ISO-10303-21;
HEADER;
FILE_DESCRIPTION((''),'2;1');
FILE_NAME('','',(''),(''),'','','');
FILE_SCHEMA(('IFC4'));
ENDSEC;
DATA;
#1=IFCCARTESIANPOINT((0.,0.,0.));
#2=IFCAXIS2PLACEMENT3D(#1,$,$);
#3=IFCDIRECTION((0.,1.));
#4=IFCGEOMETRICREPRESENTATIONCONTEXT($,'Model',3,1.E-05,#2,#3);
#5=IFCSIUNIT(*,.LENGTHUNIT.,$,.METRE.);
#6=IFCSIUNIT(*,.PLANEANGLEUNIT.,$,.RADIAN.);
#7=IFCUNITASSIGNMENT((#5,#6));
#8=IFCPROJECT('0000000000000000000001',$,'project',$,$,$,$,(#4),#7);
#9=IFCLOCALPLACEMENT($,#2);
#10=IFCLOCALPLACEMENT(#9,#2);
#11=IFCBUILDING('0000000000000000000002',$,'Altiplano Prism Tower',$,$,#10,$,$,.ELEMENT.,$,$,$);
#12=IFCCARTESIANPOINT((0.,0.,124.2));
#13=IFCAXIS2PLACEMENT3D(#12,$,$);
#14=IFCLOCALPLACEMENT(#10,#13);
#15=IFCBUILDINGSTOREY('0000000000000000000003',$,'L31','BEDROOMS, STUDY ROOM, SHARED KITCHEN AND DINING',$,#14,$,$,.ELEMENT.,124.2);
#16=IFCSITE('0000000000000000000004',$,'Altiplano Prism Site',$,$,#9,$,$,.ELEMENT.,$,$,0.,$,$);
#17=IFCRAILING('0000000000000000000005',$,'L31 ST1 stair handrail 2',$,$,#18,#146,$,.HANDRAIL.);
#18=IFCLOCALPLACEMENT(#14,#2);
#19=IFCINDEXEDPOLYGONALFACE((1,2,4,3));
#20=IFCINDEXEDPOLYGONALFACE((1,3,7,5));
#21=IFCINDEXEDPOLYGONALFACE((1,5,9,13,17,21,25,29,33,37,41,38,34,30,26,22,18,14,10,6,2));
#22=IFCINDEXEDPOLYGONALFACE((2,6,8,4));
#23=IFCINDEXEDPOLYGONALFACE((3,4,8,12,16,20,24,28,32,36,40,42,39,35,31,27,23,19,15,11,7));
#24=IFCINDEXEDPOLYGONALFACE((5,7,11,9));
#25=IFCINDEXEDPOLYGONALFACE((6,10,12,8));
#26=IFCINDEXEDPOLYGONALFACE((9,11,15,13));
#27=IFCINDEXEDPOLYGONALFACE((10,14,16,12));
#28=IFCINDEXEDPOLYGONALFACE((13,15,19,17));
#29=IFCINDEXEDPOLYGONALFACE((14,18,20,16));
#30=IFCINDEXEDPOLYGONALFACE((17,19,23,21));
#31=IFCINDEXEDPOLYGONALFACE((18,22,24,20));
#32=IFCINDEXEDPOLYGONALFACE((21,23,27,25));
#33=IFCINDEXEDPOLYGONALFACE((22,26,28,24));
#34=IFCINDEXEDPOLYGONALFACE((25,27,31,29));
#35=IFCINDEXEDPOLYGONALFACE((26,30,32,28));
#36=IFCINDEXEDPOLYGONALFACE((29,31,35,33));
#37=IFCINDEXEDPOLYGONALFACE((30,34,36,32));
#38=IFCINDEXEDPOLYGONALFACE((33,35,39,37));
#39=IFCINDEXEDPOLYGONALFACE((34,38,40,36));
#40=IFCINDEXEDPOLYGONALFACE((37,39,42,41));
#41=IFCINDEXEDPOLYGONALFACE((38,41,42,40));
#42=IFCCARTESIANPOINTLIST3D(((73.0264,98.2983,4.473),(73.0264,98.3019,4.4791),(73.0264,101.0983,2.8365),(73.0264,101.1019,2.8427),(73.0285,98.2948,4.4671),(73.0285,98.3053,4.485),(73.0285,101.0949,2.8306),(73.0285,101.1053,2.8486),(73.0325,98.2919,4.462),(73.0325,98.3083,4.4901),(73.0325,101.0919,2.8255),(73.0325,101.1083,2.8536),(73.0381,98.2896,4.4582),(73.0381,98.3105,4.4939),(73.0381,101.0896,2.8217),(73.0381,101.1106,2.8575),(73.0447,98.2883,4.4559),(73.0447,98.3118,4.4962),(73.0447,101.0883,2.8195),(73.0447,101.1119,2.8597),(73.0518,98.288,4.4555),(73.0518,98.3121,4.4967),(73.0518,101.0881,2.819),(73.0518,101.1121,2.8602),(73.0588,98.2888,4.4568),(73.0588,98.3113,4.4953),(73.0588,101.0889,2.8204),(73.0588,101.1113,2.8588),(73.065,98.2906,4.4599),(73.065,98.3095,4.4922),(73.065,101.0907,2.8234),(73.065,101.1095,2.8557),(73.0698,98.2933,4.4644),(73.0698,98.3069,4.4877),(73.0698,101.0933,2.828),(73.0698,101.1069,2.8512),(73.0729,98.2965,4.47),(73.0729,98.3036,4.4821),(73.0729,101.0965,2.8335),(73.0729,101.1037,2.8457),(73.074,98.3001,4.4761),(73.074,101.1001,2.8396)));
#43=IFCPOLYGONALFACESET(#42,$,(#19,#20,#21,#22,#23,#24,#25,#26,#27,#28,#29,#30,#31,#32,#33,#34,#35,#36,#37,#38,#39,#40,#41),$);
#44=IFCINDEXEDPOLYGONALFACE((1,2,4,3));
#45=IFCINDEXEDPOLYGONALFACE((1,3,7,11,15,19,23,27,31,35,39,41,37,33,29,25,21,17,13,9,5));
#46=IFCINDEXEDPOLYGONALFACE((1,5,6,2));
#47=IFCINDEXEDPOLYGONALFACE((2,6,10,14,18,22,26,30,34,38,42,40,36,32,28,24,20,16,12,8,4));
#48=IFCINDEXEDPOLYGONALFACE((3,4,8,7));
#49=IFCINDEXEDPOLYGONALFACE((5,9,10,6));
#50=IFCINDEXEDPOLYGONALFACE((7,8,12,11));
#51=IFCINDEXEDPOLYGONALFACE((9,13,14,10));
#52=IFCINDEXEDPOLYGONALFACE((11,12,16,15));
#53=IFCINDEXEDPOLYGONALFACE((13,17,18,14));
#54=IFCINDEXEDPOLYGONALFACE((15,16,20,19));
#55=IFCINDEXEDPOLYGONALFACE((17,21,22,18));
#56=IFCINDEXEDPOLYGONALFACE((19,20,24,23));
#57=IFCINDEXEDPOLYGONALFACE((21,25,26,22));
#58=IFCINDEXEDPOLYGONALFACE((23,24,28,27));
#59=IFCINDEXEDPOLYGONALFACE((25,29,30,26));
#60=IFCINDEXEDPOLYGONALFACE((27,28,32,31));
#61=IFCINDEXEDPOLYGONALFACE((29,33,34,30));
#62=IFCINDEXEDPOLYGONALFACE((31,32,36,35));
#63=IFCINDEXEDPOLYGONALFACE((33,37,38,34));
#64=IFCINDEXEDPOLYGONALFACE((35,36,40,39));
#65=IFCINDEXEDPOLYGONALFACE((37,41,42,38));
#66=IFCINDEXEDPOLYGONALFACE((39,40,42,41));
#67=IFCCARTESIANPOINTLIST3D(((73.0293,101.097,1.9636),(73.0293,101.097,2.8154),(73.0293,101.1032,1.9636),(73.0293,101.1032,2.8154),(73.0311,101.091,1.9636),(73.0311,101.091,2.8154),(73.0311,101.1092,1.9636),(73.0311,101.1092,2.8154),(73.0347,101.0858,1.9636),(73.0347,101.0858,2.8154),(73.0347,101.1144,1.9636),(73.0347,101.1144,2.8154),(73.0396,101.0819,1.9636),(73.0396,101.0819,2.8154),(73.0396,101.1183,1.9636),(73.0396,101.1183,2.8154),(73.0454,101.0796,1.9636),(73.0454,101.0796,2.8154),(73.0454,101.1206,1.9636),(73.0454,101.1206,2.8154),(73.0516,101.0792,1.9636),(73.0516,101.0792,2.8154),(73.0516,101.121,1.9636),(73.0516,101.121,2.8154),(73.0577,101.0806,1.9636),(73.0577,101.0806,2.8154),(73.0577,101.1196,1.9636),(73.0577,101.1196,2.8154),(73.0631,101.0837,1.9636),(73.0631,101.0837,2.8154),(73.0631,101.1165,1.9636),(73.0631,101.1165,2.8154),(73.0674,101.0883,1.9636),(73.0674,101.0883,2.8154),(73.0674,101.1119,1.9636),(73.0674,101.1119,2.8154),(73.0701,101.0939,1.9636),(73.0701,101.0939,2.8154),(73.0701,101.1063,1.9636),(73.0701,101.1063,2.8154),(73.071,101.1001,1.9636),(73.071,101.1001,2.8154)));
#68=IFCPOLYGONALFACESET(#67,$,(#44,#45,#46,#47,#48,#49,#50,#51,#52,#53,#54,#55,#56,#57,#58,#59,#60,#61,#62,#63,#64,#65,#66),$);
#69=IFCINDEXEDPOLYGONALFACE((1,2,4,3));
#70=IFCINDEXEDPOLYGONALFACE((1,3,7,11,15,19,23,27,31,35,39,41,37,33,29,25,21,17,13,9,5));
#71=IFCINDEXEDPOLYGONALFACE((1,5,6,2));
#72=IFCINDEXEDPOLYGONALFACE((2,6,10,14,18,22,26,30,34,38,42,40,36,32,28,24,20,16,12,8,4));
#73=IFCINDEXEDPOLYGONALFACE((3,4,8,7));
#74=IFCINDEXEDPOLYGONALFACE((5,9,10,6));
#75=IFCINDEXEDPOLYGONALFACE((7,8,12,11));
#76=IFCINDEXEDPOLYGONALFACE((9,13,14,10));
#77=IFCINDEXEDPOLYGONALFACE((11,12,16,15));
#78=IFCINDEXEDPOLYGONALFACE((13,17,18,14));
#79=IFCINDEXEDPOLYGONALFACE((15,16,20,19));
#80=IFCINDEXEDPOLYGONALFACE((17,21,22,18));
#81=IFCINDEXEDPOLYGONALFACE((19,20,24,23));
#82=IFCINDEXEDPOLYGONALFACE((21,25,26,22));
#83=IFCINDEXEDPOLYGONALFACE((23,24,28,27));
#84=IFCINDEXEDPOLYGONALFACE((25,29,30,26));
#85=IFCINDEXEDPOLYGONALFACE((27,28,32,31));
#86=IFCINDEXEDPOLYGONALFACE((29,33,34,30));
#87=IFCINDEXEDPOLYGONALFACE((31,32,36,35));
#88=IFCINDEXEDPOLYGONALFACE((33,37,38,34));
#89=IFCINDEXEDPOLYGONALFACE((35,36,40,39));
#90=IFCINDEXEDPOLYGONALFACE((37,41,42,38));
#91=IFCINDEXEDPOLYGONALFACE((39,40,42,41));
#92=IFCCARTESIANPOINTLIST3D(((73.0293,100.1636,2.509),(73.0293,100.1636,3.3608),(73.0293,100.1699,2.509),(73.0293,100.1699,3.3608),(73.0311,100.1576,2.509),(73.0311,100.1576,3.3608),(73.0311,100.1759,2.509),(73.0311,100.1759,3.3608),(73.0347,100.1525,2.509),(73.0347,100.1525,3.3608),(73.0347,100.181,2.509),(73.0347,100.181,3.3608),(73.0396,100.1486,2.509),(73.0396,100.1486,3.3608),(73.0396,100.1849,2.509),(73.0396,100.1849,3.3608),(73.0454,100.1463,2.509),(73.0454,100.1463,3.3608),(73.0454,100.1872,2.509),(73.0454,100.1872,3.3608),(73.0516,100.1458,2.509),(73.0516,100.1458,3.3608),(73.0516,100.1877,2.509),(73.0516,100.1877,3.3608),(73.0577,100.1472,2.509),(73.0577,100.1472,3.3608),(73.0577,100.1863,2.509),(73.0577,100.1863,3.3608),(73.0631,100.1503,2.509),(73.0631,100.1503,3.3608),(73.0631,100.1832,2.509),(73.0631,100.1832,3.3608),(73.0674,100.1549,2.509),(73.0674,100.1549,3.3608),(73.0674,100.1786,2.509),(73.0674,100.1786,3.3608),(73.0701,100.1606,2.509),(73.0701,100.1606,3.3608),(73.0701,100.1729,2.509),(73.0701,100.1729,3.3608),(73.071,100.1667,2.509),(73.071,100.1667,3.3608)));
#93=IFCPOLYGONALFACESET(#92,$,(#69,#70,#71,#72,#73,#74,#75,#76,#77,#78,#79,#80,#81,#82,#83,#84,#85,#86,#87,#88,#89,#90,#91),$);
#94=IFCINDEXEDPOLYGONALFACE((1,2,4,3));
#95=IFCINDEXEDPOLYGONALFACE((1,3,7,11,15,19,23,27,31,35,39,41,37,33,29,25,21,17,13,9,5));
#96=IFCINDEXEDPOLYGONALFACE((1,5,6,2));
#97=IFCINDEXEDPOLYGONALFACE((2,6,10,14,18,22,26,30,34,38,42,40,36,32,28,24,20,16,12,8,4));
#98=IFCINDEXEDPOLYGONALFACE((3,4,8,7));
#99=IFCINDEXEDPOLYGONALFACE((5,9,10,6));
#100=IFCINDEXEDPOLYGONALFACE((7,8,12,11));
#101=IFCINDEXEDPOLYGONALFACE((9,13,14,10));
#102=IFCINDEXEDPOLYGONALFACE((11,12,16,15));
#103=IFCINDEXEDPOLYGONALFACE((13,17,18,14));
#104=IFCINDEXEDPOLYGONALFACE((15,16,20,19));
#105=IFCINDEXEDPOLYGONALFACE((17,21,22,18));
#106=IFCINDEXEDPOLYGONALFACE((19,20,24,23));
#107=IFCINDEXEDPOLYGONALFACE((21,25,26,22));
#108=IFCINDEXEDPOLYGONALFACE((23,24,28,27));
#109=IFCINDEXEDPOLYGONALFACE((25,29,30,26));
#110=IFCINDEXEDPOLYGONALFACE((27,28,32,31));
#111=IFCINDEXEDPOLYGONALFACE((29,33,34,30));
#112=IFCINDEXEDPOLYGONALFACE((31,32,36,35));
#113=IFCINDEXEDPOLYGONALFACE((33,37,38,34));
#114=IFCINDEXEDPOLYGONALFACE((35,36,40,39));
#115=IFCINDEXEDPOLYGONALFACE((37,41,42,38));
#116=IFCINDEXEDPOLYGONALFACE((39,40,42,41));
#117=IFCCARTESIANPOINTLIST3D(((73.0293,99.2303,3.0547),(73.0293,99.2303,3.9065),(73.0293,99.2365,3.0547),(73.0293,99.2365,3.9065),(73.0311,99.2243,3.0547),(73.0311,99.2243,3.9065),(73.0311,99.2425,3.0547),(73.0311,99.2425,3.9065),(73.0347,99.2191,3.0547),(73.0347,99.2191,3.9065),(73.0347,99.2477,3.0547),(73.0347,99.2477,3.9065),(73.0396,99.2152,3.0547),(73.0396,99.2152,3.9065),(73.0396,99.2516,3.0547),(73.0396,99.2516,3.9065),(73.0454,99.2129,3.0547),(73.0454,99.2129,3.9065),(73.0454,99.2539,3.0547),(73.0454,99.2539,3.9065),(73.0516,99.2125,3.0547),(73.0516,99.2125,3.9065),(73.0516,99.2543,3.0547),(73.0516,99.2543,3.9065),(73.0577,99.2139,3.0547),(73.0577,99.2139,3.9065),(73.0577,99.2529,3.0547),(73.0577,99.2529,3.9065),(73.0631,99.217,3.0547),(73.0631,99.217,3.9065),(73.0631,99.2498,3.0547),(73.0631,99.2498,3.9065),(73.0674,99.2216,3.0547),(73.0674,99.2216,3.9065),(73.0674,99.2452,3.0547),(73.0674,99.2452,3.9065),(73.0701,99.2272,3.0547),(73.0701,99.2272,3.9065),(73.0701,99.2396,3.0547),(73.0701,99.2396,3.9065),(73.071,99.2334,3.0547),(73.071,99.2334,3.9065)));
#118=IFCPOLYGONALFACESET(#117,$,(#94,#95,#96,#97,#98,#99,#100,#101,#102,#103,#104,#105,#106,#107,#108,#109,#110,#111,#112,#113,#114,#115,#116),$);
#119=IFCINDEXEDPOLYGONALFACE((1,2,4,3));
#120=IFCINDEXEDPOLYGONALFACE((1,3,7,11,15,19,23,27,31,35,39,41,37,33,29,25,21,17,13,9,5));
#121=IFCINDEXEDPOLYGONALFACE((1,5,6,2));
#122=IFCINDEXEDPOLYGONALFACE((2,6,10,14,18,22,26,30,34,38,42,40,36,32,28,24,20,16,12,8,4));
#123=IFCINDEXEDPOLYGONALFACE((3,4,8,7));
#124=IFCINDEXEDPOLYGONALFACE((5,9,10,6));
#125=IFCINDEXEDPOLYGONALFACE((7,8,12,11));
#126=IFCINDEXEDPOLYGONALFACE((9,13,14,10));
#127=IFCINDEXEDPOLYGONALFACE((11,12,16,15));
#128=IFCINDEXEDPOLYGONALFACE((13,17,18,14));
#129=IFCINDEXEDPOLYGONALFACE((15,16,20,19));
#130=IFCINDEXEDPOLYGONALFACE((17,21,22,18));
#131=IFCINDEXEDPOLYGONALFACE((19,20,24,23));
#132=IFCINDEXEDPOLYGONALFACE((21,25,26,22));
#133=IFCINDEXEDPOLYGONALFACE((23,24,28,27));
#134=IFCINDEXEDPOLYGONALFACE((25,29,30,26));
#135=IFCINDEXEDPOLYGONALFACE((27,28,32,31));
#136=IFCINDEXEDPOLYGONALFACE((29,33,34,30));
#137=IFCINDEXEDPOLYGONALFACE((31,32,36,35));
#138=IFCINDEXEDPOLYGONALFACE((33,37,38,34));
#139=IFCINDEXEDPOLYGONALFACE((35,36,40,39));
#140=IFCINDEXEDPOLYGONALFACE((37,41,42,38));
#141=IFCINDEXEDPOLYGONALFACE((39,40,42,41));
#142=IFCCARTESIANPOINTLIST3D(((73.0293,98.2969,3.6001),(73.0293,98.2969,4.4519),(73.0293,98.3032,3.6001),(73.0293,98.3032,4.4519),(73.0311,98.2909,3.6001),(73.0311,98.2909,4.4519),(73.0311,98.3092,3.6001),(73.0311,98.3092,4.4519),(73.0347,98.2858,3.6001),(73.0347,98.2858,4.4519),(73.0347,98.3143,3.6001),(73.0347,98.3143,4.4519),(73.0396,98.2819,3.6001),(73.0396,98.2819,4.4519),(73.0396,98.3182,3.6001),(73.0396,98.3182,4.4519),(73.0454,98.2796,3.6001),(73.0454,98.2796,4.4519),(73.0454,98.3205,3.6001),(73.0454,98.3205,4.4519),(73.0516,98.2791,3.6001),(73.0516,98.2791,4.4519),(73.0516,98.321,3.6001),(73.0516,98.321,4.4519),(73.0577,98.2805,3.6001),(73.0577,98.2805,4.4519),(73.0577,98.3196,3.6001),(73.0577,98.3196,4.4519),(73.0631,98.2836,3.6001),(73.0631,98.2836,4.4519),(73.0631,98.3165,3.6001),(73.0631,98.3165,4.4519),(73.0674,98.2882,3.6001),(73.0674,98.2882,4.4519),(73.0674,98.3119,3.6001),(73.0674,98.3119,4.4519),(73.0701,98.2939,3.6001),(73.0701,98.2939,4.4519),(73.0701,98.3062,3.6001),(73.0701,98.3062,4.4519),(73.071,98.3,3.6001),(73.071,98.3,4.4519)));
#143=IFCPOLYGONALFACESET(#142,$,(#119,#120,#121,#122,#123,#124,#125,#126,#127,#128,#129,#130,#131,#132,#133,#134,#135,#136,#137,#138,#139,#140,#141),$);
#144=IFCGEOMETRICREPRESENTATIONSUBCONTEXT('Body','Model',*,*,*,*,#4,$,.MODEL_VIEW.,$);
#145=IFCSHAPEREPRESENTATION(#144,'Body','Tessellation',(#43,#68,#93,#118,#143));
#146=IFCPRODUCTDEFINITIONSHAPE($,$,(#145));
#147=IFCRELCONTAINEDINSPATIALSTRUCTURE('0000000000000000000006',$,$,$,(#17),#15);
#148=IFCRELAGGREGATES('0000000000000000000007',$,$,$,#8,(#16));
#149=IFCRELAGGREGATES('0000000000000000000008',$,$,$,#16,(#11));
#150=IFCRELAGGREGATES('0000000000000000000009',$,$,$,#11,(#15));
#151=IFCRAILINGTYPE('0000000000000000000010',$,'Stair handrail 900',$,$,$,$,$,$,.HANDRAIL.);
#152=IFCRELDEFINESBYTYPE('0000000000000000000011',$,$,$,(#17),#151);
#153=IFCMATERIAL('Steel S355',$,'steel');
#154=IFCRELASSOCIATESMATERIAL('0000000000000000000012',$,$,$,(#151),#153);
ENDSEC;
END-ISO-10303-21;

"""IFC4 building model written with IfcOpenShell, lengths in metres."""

from ifc_helpers import new_model, si_unit, direction, frame, origin, origin_2d, place, context, subcontext, project, spatial, circle, extrude, material, type_object, element, save


model = new_model("IFC4")

# Units and contexts
model_context = context("Model", 3, precision=1e-05, world=origin(), true_north=direction((0.0, 1.0)))
body_context = subcontext(model_context, "Body", "Model", "MODEL_VIEW")
ifc_project = project(units=[si_unit("LENGTHUNIT", "METRE"), si_unit("PLANEANGLEUNIT", "RADIAN")], contexts=[model_context])

# Site, building, storey
site_placement = place(None, origin())
site = spatial("IfcSite", under=ifc_project, at=site_placement, Name="Altiplano Prism Site", CompositionType="ELEMENT", RefElevation=0.0)
building_placement = place(site_placement, origin())
building = spatial("IfcBuilding", under=site, at=building_placement, Name="Altiplano Prism Tower", CompositionType="ELEMENT")
storey_placement = place(building_placement, frame((0.0, 0.0, 124.2)))
storey = spatial("IfcBuildingStorey", under=building, at=storey_placement, Name="L31", Description="BEDROOMS, STUDY ROOM, SHARED KITCHEN AND DINING", CompositionType="ELEMENT", Elevation=124.2)

# Railing
ifc_material_1 = material(Name="Steel S355", Category="steel")
railing_type_1 = type_object("IfcRailingType", Name="Stair handrail 900", PredefinedType="HANDRAIL", material=ifc_material_1)
railing_1_placement = place(storey_placement, frame((73.05, 101.1001, 1.9636)))
element("IfcRailing", 1, at=railing_1_placement, inside=storey, type_object=railing_type_1, Name="L31 ST1 stair handrail 2", PredefinedType="HANDRAIL", context=body_context, shape_type="SweptSolid", body=[
    extrude(circle(Radius=0.0239, at=origin_2d()), frame((0.0, 0.0, 0.876), z_axis=(0.0, -0.863361, 0.504587), x_axis=(1.0, 0.0, 0.0)), (0.0, 0.0, 1.0), 3.2432),
    extrude(circle(Radius=0.021, at=origin_2d()), origin(), (0.0, 0.0, 1.0), 0.8518),
    extrude(circle(Radius=0.021, at=origin_2d()), frame((0.0, -0.9333, 0.5454)), (0.0, 0.0, 1.0), 0.8518),
    extrude(circle(Radius=0.021, at=origin_2d()), frame((0.0, -1.8667, 1.0911)), (0.0, 0.0, 1.0), 0.8518),
    extrude(circle(Radius=0.021, at=origin_2d()), frame((0.0, -2.8, 1.6365)), (0.0, 0.0, 1.0), 0.8518),
])

save(model, "model.ifc")
